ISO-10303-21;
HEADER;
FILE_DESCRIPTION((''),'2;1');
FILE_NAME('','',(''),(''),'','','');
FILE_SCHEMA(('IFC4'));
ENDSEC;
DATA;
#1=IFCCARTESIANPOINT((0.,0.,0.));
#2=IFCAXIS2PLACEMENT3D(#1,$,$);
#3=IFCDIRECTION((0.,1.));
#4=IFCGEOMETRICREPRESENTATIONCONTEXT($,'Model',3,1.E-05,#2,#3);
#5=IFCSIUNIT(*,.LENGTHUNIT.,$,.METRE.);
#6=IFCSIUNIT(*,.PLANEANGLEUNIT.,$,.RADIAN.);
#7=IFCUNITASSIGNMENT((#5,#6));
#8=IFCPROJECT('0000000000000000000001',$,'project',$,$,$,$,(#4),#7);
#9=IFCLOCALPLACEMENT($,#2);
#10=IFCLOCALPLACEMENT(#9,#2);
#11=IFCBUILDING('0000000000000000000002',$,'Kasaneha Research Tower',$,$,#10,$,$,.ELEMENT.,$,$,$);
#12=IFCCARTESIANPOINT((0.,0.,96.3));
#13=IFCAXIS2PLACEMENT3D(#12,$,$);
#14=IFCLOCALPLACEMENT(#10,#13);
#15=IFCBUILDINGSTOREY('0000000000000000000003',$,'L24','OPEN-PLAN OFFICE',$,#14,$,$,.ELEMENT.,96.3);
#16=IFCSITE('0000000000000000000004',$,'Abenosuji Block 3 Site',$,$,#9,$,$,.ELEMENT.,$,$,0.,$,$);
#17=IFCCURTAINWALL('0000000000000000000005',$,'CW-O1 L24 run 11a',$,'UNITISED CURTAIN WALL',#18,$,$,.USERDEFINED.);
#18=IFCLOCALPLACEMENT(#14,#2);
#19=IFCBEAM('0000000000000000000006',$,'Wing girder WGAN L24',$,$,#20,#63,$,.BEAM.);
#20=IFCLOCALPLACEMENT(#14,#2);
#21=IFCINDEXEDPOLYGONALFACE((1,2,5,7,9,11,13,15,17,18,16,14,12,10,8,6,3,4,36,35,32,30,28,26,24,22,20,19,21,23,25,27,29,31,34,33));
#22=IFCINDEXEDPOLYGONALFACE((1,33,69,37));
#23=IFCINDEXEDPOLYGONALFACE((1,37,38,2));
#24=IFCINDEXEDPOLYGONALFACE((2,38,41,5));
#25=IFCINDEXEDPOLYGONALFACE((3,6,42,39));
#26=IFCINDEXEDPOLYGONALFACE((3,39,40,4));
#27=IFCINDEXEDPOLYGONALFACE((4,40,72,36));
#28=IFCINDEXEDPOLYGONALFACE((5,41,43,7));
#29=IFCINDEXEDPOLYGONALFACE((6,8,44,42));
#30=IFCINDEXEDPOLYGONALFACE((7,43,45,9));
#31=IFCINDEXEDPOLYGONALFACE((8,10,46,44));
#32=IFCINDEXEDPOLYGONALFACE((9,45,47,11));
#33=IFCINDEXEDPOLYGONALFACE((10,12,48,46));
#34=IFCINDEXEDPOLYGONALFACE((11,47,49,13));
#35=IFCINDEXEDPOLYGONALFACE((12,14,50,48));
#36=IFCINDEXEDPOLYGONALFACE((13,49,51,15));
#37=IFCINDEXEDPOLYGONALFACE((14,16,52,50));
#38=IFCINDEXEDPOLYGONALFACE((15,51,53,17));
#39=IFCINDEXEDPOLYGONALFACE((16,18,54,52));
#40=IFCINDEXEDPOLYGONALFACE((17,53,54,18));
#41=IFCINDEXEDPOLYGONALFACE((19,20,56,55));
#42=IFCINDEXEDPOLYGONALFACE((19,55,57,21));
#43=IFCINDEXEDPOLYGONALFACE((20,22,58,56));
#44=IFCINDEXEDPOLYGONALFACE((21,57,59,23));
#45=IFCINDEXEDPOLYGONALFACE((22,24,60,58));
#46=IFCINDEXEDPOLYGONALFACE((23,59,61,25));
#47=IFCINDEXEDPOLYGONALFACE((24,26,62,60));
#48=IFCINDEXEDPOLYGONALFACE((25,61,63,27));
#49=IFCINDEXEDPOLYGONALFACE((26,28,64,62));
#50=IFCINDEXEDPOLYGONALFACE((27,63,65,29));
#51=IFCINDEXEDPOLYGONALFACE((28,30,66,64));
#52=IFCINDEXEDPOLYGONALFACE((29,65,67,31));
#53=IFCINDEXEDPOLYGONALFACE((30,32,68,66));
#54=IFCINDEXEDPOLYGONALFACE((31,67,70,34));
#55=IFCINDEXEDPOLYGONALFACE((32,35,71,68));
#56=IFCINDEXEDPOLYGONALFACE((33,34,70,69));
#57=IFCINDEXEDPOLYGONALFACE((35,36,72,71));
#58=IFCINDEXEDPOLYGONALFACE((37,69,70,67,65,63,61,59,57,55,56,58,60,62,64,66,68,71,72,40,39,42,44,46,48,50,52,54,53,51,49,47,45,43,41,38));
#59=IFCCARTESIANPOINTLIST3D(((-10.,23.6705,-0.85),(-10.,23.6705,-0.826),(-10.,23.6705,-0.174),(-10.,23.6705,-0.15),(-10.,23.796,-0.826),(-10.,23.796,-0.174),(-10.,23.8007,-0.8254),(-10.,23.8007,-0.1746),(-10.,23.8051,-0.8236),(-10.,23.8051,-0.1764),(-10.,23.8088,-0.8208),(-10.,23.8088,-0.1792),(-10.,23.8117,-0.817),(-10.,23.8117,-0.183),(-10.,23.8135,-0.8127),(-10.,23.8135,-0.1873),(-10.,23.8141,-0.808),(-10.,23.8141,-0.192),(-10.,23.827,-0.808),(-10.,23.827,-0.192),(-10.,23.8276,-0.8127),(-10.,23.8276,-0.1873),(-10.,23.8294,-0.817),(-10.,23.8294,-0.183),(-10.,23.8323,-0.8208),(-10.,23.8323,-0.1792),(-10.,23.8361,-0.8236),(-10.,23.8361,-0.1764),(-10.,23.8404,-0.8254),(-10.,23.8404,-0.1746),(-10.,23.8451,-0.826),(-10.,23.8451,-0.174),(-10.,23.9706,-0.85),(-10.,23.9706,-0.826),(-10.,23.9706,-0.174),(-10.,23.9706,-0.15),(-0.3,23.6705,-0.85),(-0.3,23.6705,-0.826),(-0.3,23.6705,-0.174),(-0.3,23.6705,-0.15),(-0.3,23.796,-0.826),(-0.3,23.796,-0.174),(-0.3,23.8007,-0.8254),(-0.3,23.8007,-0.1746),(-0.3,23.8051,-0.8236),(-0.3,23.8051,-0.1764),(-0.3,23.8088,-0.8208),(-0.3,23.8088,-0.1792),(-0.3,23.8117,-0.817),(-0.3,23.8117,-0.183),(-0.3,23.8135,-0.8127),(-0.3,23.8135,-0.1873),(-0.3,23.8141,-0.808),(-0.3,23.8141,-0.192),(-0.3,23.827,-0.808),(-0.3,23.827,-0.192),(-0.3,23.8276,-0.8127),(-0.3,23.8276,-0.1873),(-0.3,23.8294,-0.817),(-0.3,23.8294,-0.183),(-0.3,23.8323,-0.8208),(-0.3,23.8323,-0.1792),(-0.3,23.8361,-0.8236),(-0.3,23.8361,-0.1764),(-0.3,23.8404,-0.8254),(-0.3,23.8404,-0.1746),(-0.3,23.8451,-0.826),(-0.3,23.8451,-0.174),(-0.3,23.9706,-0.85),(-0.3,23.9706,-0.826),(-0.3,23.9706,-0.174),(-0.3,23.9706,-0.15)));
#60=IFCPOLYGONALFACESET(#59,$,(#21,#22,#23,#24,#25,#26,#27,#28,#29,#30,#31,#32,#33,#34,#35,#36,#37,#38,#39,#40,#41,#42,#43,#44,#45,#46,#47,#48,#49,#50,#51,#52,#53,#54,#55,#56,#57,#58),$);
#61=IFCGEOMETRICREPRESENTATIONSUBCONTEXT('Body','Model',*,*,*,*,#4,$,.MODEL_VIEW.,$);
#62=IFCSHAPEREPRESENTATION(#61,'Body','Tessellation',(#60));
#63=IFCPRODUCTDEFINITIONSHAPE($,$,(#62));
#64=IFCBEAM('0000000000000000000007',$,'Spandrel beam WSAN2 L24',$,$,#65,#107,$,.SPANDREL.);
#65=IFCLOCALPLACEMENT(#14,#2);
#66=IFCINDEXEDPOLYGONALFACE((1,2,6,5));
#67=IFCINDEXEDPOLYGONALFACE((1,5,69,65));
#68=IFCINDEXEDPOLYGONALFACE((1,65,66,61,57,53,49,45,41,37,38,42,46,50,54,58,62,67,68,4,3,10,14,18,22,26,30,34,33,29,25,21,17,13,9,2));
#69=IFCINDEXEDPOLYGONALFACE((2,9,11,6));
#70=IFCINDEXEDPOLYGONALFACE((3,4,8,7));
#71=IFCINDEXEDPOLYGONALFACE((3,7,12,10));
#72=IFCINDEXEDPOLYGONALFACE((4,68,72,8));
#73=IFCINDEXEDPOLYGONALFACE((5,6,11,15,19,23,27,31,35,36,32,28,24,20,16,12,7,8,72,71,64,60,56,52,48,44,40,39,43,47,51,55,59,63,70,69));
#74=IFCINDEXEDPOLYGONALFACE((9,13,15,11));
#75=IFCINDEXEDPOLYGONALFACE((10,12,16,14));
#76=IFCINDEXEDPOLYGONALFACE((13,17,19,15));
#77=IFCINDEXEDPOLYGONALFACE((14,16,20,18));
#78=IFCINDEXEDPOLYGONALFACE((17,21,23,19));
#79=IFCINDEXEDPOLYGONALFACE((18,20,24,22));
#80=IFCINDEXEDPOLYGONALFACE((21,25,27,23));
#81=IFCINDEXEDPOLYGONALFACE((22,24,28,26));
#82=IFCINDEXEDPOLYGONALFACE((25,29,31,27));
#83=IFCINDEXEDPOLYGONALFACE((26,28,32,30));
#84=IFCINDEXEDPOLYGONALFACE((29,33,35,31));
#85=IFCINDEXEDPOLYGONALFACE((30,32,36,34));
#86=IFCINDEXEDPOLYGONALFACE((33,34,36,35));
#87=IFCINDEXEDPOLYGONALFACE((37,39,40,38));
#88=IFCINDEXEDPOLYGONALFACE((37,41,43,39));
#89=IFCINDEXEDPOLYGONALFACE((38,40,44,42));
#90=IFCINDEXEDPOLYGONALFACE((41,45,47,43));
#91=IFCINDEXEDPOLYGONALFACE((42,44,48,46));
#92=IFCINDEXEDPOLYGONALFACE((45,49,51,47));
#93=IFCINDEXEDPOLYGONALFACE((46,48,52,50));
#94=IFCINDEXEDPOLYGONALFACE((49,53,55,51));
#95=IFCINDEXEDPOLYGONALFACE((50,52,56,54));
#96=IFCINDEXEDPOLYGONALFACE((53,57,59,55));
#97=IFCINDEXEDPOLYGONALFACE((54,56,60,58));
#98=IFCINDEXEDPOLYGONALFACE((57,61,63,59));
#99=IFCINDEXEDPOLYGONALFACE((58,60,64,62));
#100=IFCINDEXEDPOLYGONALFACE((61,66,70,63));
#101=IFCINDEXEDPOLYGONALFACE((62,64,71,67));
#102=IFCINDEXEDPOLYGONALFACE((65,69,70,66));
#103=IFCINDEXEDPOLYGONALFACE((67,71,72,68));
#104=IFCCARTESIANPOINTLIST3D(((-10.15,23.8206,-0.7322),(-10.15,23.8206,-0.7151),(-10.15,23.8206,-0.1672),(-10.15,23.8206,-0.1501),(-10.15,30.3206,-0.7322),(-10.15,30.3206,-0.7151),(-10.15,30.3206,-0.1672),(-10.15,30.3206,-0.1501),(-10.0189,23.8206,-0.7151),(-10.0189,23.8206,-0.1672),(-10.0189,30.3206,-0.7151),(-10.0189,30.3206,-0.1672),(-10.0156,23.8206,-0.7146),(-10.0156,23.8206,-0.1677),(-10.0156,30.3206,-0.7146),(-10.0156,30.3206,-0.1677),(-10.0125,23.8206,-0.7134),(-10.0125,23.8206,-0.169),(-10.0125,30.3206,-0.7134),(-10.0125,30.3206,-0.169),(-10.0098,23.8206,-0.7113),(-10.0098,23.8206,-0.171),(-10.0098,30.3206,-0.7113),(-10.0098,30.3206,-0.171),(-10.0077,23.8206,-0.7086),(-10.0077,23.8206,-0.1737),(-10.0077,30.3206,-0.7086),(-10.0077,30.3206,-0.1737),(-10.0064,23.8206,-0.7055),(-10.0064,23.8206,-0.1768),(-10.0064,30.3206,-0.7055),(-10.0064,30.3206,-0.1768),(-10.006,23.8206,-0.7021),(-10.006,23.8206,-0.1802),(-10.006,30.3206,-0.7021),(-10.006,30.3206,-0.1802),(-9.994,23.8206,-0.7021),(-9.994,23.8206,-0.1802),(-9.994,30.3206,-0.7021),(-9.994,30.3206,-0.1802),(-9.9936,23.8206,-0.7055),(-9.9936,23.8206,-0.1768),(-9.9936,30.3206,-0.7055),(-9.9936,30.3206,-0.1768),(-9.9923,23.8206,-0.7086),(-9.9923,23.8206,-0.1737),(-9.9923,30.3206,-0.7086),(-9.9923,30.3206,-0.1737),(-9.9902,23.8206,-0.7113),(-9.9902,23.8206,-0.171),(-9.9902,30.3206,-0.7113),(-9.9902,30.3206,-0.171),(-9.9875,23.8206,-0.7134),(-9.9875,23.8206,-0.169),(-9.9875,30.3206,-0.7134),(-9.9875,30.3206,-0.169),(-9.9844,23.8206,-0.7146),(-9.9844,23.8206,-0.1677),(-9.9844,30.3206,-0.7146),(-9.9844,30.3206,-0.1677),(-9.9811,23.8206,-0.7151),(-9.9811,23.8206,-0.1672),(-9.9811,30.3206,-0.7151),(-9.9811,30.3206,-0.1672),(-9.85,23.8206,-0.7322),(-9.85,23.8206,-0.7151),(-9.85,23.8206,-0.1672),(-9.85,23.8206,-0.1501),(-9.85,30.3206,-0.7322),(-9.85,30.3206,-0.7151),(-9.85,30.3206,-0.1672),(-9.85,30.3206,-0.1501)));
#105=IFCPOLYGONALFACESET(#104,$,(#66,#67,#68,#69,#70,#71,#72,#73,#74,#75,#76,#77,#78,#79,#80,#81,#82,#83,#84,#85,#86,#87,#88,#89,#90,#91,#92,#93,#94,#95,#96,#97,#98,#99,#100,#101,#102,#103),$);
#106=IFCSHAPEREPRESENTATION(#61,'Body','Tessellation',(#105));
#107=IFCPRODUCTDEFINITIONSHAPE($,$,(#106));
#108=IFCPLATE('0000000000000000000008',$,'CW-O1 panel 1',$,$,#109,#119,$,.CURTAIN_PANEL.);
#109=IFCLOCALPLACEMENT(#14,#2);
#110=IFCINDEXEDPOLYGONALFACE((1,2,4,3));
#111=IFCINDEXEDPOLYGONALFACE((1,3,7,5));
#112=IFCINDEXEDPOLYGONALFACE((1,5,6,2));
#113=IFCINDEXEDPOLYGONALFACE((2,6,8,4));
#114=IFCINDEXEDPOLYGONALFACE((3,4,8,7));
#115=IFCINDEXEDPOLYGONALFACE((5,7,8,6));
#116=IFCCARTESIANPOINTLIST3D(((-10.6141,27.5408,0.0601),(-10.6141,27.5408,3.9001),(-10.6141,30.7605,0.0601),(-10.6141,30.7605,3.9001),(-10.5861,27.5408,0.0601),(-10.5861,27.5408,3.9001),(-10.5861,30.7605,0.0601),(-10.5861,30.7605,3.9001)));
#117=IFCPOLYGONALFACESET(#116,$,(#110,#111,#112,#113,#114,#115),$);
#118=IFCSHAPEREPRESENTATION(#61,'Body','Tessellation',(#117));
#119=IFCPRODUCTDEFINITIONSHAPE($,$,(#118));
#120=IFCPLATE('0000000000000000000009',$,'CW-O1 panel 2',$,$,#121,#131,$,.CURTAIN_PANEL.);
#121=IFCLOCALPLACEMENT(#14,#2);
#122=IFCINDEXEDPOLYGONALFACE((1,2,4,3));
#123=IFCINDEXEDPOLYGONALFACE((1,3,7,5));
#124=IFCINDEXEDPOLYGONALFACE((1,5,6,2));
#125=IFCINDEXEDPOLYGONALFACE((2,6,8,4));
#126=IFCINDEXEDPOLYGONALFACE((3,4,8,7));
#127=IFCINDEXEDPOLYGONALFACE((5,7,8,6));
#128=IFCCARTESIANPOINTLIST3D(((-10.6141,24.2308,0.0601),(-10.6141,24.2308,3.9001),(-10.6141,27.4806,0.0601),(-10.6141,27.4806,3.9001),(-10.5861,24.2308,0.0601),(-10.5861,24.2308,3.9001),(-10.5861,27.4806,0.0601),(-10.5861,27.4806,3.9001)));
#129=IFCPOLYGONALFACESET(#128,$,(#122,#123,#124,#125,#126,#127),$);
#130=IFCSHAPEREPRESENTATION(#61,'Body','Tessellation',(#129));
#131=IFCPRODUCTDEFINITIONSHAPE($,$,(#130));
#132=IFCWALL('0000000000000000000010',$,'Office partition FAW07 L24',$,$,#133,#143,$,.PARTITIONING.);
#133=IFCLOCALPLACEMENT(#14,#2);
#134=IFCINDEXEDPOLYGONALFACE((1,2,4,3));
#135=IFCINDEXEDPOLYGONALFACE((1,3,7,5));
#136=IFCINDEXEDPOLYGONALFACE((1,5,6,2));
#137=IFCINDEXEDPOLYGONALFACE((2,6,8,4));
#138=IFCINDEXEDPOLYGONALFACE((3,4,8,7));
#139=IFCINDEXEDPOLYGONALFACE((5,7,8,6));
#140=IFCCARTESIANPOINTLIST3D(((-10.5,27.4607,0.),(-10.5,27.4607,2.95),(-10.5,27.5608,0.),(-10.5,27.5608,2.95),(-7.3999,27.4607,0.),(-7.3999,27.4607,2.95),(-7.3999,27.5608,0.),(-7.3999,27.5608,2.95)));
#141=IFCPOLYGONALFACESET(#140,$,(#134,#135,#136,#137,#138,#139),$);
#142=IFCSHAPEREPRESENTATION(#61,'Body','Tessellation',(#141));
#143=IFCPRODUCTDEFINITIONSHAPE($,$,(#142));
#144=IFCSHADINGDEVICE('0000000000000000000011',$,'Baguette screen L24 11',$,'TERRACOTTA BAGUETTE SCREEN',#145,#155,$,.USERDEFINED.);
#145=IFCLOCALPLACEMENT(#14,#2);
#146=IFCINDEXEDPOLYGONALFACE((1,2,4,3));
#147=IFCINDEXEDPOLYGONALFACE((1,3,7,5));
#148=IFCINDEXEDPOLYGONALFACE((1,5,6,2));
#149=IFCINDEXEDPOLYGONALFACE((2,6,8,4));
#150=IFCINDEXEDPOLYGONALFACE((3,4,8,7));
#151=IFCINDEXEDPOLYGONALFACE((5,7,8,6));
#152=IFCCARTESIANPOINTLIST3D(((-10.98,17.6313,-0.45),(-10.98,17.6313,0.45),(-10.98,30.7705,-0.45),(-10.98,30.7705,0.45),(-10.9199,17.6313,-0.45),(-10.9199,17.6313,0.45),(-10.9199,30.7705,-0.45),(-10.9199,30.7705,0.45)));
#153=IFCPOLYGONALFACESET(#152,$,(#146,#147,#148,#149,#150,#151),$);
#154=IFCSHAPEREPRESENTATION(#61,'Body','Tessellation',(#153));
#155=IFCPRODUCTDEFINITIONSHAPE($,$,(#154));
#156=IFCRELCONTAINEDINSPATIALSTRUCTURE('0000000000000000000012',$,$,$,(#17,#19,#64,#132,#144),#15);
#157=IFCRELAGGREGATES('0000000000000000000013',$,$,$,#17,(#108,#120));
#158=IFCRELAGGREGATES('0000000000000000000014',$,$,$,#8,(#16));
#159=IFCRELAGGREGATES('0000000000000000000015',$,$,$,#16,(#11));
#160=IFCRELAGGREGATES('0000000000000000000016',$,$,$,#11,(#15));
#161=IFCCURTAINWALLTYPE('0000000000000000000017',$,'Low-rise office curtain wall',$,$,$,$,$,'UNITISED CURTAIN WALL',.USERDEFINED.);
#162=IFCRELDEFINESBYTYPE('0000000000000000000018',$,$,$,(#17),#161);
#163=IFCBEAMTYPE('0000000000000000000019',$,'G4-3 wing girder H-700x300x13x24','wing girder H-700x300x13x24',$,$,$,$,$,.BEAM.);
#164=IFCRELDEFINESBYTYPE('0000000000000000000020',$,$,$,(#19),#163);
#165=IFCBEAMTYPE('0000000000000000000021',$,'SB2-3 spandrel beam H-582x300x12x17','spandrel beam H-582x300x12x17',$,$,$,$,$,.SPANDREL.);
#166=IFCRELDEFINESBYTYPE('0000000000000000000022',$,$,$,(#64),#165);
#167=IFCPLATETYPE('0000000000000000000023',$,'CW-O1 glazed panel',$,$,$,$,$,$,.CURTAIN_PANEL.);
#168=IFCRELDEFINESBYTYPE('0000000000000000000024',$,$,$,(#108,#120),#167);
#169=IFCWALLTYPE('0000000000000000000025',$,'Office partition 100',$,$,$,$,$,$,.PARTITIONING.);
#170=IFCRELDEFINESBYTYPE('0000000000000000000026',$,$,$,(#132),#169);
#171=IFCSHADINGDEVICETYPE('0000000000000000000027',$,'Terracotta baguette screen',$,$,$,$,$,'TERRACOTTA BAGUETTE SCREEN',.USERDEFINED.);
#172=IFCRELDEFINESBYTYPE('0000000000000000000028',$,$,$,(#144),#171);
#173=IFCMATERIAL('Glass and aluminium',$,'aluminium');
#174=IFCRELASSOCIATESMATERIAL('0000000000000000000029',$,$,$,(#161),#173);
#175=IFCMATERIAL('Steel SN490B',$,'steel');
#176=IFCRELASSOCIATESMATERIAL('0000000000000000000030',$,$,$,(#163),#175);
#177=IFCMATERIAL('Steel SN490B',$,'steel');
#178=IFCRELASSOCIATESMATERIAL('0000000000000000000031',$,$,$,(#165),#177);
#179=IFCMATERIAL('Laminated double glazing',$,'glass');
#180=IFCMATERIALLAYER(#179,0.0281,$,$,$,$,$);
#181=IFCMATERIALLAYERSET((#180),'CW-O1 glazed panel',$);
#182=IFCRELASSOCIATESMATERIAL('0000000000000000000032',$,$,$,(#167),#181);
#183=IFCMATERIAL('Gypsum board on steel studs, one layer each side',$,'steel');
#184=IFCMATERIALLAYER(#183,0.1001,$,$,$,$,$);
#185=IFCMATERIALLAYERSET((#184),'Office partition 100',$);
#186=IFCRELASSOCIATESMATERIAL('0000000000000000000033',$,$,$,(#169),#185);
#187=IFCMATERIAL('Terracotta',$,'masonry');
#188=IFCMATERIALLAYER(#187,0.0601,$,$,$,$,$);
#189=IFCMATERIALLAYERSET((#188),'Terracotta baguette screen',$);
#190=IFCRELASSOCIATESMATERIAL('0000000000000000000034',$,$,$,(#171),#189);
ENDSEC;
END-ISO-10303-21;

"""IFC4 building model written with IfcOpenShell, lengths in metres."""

from ifc_helpers import new_model, si_unit, direction, frame, frame_2d, origin, origin_2d, place, context, subcontext, project, spatial, rectangle, i_section, extrude, material, layer, layer_set, material_profile, profile_set, type_object, element, aggregate, save


model = new_model("IFC4")

# Units and contexts
model_context = context("Model", 3, precision=1e-05, world=origin(), true_north=direction((0.0, 1.0)))
body_context = subcontext(model_context, "Body", "Model", "MODEL_VIEW")
ifc_project = project(units=[si_unit("LENGTHUNIT", "METRE"), si_unit("PLANEANGLEUNIT", "RADIAN")], contexts=[model_context])

# Site, building, storey
site_placement = place(None, origin())
site = spatial("IfcSite", under=ifc_project, at=site_placement, Name="Abenosuji Block 3 Site", CompositionType="ELEMENT", RefElevation=0.0)
building_placement = place(site_placement, origin())
building = spatial("IfcBuilding", under=site, at=building_placement, Name="Kasaneha Research Tower", CompositionType="ELEMENT")
storey_placement = place(building_placement, frame((0.0, 0.0, 96.3)))
storey = spatial("IfcBuildingStorey", under=building, at=storey_placement, Name="L24", Description="OPEN-PLAN OFFICE", CompositionType="ELEMENT", Elevation=96.3)

# Shared definitions
ifc_material_1 = material(Name="Glass and aluminium", Category="aluminium")
curtain_wall_type = type_object("IfcCurtainWallType", Name="Low-rise office curtain wall", ElementType="UNITISED CURTAIN WALL", PredefinedType="USERDEFINED", material=ifc_material_1)

# Curtain wall
curtain_wall_1_placement = place(storey_placement, origin())
curtain_wall_1 = element("IfcCurtainWall", 1, at=curtain_wall_1_placement, inside=storey, type_object=curtain_wall_type, Name="CW-O1 L24 run 11a", ObjectType="UNITISED CURTAIN WALL", PredefinedType="USERDEFINED")

# Beams
ifc_material_2 = material(Name="Steel SN490B", Category="steel")
ifc_material_profile_1 = material_profile(ifc_material_2, i_section(OverallWidth=0.3, OverallDepth=0.7, WebThickness=0.0129, FlangeThickness=0.0239, FilletRadius=0.0181, at=origin_2d()), Name="H-700x300x13x24")
ifc_profile_set_1 = profile_set([ifc_material_profile_1], Name="Steel SN490B")
beam_type_1 = type_object("IfcBeamType", Name="G4-3 wing girder H-700x300x13x24", Description="wing girder H-700x300x13x24", PredefinedType="BEAM", material=ifc_profile_set_1)
beam_1_placement = place(storey_placement, frame((-10.0, 23.8206, -0.5), z_axis=(1.0, 0.0, 0.0), x_axis=(0.0, 1.0, 0.0)))
element("IfcBeam", 2, at=beam_1_placement, inside=storey, type_object=beam_type_1, Name="Wing girder WGAN L24", PredefinedType="BEAM", context=body_context, shape_type="SweptSolid", body=[
    extrude(i_section(OverallWidth=0.3, OverallDepth=0.7, WebThickness=0.0129, FlangeThickness=0.0239, FilletRadius=0.0181, at=origin_2d()), origin(), (0.0, 0.0, 1.0), 9.7),
])
ifc_material_3 = material(Name="Steel SN490B", Category="steel")
ifc_material_profile_2 = material_profile(ifc_material_3, i_section(OverallWidth=0.3, OverallDepth=0.582, WebThickness=0.012, FlangeThickness=0.0171, FilletRadius=0.0129, at=origin_2d()), Name="H-582x300x12x17")
ifc_profile_set_2 = profile_set([ifc_material_profile_2], Name="Steel SN490B")
beam_type_2 = type_object("IfcBeamType", Name="SB2-3 spandrel beam H-582x300x12x17", Description="spandrel beam H-582x300x12x17", PredefinedType="SPANDREL", material=ifc_profile_set_2)
beam_2_placement = place(storey_placement, frame((-10.0, 23.8206, -0.4412), z_axis=(0.0, 1.0, 0.0), x_axis=(-1.0, 0.0, 0.0)))
element("IfcBeam", 3, at=beam_2_placement, inside=storey, type_object=beam_type_2, Name="Spandrel beam WSAN2 L24", PredefinedType="SPANDREL", context=body_context, shape_type="SweptSolid", body=[
    extrude(i_section(OverallWidth=0.3, OverallDepth=0.582, WebThickness=0.012, FlangeThickness=0.0171, FilletRadius=0.0129, at=origin_2d()), origin(), (0.0, 0.0, 1.0), 6.5),
])

# Plates
ifc_material_4 = material(Name="Laminated double glazing", Category="glass")
ifc_layer_1 = layer(ifc_material_4, 0.0281)
ifc_layer_set_1 = layer_set([ifc_layer_1], Name="CW-O1 glazed panel")
plate_type = type_object("IfcPlateType", Name="CW-O1 glazed panel", PredefinedType="CURTAIN_PANEL", material=ifc_layer_set_1)
plate_1_placement = place(storey_placement, frame((-10.6001, 29.1506, 0.0601), z_axis=(0.0, 0.0, 1.0), x_axis=(0.0, -1.0, 0.0)))
plate_1 = element("IfcPlate", 4, at=plate_1_placement, type_object=plate_type, Name="CW-O1 panel 1", PredefinedType="CURTAIN_PANEL", context=body_context, shape_type="SweptSolid", body=[
    extrude(rectangle(XDim=3.2197, YDim=0.0281, at=origin_2d()), origin(), (0.0, 0.0, 1.0), 3.8401),
])
plate_2_placement = place(storey_placement, frame((-10.6001, 25.8557, 0.0601), z_axis=(0.0, 0.0, 1.0), x_axis=(0.0, -1.0, 0.0)))
plate_2 = element("IfcPlate", 5, at=plate_2_placement, type_object=plate_type, Name="CW-O1 panel 2", PredefinedType="CURTAIN_PANEL", context=body_context, shape_type="SweptSolid", body=[
    extrude(rectangle(XDim=3.2498, YDim=0.0281, at=origin_2d()), origin(), (0.0, 0.0, 1.0), 3.8401),
])
aggregate(curtain_wall_1, [plate_1, plate_2])

# Wall
ifc_material_5 = material(Name="Gypsum board on steel studs, one layer each side", Category="steel")
ifc_layer_2 = layer(ifc_material_5, 0.1001)
ifc_layer_set_2 = layer_set([ifc_layer_2], Name="Office partition 100")
wall_type = type_object("IfcWallType", Name="Office partition 100", PredefinedType="PARTITIONING", material=ifc_layer_set_2)
wall_placement = place(storey_placement, frame((-10.5, 27.5107, 0.0), z_axis=(0.0, 0.0, 1.0), x_axis=(1.0, 0.0, 0.0)))
element("IfcWall", 6, at=wall_placement, inside=storey, type_object=wall_type, Name="Office partition FAW07 L24", PredefinedType="PARTITIONING", context=body_context, shape_type="SweptSolid", body=[
    extrude(rectangle(XDim=3.1001, YDim=0.1001, at=frame_2d((1.55, 0.0))), origin(), (0.0, 0.0, 1.0), 2.95),
])

# Shading device
ifc_material_6 = material(Name="Terracotta", Category="masonry")
ifc_layer_3 = layer(ifc_material_6, 0.0601)
ifc_layer_set_3 = layer_set([ifc_layer_3], Name="Terracotta baguette screen")
shading_device_type = type_object("IfcShadingDeviceType", Name="Terracotta baguette screen", ElementType="TERRACOTTA BAGUETTE SCREEN", PredefinedType="USERDEFINED", material=ifc_layer_set_3)
shading_device_placement = place(storey_placement, frame((-10.95, 24.2009, -0.45), z_axis=(0.0, 0.0, 1.0), x_axis=(0.0, -1.0, 0.0)))
element("IfcShadingDevice", 7, at=shading_device_placement, inside=storey, type_object=shading_device_type, Name="Baguette screen L24 11", ObjectType="TERRACOTTA BAGUETTE SCREEN", PredefinedType="USERDEFINED", context=body_context, shape_type="SweptSolid", body=[
    extrude(rectangle(XDim=13.1392, YDim=0.0601, at=origin_2d()), origin(), (0.0, 0.0, 1.0), 0.8999),
])

save(model, "model.ifc")
